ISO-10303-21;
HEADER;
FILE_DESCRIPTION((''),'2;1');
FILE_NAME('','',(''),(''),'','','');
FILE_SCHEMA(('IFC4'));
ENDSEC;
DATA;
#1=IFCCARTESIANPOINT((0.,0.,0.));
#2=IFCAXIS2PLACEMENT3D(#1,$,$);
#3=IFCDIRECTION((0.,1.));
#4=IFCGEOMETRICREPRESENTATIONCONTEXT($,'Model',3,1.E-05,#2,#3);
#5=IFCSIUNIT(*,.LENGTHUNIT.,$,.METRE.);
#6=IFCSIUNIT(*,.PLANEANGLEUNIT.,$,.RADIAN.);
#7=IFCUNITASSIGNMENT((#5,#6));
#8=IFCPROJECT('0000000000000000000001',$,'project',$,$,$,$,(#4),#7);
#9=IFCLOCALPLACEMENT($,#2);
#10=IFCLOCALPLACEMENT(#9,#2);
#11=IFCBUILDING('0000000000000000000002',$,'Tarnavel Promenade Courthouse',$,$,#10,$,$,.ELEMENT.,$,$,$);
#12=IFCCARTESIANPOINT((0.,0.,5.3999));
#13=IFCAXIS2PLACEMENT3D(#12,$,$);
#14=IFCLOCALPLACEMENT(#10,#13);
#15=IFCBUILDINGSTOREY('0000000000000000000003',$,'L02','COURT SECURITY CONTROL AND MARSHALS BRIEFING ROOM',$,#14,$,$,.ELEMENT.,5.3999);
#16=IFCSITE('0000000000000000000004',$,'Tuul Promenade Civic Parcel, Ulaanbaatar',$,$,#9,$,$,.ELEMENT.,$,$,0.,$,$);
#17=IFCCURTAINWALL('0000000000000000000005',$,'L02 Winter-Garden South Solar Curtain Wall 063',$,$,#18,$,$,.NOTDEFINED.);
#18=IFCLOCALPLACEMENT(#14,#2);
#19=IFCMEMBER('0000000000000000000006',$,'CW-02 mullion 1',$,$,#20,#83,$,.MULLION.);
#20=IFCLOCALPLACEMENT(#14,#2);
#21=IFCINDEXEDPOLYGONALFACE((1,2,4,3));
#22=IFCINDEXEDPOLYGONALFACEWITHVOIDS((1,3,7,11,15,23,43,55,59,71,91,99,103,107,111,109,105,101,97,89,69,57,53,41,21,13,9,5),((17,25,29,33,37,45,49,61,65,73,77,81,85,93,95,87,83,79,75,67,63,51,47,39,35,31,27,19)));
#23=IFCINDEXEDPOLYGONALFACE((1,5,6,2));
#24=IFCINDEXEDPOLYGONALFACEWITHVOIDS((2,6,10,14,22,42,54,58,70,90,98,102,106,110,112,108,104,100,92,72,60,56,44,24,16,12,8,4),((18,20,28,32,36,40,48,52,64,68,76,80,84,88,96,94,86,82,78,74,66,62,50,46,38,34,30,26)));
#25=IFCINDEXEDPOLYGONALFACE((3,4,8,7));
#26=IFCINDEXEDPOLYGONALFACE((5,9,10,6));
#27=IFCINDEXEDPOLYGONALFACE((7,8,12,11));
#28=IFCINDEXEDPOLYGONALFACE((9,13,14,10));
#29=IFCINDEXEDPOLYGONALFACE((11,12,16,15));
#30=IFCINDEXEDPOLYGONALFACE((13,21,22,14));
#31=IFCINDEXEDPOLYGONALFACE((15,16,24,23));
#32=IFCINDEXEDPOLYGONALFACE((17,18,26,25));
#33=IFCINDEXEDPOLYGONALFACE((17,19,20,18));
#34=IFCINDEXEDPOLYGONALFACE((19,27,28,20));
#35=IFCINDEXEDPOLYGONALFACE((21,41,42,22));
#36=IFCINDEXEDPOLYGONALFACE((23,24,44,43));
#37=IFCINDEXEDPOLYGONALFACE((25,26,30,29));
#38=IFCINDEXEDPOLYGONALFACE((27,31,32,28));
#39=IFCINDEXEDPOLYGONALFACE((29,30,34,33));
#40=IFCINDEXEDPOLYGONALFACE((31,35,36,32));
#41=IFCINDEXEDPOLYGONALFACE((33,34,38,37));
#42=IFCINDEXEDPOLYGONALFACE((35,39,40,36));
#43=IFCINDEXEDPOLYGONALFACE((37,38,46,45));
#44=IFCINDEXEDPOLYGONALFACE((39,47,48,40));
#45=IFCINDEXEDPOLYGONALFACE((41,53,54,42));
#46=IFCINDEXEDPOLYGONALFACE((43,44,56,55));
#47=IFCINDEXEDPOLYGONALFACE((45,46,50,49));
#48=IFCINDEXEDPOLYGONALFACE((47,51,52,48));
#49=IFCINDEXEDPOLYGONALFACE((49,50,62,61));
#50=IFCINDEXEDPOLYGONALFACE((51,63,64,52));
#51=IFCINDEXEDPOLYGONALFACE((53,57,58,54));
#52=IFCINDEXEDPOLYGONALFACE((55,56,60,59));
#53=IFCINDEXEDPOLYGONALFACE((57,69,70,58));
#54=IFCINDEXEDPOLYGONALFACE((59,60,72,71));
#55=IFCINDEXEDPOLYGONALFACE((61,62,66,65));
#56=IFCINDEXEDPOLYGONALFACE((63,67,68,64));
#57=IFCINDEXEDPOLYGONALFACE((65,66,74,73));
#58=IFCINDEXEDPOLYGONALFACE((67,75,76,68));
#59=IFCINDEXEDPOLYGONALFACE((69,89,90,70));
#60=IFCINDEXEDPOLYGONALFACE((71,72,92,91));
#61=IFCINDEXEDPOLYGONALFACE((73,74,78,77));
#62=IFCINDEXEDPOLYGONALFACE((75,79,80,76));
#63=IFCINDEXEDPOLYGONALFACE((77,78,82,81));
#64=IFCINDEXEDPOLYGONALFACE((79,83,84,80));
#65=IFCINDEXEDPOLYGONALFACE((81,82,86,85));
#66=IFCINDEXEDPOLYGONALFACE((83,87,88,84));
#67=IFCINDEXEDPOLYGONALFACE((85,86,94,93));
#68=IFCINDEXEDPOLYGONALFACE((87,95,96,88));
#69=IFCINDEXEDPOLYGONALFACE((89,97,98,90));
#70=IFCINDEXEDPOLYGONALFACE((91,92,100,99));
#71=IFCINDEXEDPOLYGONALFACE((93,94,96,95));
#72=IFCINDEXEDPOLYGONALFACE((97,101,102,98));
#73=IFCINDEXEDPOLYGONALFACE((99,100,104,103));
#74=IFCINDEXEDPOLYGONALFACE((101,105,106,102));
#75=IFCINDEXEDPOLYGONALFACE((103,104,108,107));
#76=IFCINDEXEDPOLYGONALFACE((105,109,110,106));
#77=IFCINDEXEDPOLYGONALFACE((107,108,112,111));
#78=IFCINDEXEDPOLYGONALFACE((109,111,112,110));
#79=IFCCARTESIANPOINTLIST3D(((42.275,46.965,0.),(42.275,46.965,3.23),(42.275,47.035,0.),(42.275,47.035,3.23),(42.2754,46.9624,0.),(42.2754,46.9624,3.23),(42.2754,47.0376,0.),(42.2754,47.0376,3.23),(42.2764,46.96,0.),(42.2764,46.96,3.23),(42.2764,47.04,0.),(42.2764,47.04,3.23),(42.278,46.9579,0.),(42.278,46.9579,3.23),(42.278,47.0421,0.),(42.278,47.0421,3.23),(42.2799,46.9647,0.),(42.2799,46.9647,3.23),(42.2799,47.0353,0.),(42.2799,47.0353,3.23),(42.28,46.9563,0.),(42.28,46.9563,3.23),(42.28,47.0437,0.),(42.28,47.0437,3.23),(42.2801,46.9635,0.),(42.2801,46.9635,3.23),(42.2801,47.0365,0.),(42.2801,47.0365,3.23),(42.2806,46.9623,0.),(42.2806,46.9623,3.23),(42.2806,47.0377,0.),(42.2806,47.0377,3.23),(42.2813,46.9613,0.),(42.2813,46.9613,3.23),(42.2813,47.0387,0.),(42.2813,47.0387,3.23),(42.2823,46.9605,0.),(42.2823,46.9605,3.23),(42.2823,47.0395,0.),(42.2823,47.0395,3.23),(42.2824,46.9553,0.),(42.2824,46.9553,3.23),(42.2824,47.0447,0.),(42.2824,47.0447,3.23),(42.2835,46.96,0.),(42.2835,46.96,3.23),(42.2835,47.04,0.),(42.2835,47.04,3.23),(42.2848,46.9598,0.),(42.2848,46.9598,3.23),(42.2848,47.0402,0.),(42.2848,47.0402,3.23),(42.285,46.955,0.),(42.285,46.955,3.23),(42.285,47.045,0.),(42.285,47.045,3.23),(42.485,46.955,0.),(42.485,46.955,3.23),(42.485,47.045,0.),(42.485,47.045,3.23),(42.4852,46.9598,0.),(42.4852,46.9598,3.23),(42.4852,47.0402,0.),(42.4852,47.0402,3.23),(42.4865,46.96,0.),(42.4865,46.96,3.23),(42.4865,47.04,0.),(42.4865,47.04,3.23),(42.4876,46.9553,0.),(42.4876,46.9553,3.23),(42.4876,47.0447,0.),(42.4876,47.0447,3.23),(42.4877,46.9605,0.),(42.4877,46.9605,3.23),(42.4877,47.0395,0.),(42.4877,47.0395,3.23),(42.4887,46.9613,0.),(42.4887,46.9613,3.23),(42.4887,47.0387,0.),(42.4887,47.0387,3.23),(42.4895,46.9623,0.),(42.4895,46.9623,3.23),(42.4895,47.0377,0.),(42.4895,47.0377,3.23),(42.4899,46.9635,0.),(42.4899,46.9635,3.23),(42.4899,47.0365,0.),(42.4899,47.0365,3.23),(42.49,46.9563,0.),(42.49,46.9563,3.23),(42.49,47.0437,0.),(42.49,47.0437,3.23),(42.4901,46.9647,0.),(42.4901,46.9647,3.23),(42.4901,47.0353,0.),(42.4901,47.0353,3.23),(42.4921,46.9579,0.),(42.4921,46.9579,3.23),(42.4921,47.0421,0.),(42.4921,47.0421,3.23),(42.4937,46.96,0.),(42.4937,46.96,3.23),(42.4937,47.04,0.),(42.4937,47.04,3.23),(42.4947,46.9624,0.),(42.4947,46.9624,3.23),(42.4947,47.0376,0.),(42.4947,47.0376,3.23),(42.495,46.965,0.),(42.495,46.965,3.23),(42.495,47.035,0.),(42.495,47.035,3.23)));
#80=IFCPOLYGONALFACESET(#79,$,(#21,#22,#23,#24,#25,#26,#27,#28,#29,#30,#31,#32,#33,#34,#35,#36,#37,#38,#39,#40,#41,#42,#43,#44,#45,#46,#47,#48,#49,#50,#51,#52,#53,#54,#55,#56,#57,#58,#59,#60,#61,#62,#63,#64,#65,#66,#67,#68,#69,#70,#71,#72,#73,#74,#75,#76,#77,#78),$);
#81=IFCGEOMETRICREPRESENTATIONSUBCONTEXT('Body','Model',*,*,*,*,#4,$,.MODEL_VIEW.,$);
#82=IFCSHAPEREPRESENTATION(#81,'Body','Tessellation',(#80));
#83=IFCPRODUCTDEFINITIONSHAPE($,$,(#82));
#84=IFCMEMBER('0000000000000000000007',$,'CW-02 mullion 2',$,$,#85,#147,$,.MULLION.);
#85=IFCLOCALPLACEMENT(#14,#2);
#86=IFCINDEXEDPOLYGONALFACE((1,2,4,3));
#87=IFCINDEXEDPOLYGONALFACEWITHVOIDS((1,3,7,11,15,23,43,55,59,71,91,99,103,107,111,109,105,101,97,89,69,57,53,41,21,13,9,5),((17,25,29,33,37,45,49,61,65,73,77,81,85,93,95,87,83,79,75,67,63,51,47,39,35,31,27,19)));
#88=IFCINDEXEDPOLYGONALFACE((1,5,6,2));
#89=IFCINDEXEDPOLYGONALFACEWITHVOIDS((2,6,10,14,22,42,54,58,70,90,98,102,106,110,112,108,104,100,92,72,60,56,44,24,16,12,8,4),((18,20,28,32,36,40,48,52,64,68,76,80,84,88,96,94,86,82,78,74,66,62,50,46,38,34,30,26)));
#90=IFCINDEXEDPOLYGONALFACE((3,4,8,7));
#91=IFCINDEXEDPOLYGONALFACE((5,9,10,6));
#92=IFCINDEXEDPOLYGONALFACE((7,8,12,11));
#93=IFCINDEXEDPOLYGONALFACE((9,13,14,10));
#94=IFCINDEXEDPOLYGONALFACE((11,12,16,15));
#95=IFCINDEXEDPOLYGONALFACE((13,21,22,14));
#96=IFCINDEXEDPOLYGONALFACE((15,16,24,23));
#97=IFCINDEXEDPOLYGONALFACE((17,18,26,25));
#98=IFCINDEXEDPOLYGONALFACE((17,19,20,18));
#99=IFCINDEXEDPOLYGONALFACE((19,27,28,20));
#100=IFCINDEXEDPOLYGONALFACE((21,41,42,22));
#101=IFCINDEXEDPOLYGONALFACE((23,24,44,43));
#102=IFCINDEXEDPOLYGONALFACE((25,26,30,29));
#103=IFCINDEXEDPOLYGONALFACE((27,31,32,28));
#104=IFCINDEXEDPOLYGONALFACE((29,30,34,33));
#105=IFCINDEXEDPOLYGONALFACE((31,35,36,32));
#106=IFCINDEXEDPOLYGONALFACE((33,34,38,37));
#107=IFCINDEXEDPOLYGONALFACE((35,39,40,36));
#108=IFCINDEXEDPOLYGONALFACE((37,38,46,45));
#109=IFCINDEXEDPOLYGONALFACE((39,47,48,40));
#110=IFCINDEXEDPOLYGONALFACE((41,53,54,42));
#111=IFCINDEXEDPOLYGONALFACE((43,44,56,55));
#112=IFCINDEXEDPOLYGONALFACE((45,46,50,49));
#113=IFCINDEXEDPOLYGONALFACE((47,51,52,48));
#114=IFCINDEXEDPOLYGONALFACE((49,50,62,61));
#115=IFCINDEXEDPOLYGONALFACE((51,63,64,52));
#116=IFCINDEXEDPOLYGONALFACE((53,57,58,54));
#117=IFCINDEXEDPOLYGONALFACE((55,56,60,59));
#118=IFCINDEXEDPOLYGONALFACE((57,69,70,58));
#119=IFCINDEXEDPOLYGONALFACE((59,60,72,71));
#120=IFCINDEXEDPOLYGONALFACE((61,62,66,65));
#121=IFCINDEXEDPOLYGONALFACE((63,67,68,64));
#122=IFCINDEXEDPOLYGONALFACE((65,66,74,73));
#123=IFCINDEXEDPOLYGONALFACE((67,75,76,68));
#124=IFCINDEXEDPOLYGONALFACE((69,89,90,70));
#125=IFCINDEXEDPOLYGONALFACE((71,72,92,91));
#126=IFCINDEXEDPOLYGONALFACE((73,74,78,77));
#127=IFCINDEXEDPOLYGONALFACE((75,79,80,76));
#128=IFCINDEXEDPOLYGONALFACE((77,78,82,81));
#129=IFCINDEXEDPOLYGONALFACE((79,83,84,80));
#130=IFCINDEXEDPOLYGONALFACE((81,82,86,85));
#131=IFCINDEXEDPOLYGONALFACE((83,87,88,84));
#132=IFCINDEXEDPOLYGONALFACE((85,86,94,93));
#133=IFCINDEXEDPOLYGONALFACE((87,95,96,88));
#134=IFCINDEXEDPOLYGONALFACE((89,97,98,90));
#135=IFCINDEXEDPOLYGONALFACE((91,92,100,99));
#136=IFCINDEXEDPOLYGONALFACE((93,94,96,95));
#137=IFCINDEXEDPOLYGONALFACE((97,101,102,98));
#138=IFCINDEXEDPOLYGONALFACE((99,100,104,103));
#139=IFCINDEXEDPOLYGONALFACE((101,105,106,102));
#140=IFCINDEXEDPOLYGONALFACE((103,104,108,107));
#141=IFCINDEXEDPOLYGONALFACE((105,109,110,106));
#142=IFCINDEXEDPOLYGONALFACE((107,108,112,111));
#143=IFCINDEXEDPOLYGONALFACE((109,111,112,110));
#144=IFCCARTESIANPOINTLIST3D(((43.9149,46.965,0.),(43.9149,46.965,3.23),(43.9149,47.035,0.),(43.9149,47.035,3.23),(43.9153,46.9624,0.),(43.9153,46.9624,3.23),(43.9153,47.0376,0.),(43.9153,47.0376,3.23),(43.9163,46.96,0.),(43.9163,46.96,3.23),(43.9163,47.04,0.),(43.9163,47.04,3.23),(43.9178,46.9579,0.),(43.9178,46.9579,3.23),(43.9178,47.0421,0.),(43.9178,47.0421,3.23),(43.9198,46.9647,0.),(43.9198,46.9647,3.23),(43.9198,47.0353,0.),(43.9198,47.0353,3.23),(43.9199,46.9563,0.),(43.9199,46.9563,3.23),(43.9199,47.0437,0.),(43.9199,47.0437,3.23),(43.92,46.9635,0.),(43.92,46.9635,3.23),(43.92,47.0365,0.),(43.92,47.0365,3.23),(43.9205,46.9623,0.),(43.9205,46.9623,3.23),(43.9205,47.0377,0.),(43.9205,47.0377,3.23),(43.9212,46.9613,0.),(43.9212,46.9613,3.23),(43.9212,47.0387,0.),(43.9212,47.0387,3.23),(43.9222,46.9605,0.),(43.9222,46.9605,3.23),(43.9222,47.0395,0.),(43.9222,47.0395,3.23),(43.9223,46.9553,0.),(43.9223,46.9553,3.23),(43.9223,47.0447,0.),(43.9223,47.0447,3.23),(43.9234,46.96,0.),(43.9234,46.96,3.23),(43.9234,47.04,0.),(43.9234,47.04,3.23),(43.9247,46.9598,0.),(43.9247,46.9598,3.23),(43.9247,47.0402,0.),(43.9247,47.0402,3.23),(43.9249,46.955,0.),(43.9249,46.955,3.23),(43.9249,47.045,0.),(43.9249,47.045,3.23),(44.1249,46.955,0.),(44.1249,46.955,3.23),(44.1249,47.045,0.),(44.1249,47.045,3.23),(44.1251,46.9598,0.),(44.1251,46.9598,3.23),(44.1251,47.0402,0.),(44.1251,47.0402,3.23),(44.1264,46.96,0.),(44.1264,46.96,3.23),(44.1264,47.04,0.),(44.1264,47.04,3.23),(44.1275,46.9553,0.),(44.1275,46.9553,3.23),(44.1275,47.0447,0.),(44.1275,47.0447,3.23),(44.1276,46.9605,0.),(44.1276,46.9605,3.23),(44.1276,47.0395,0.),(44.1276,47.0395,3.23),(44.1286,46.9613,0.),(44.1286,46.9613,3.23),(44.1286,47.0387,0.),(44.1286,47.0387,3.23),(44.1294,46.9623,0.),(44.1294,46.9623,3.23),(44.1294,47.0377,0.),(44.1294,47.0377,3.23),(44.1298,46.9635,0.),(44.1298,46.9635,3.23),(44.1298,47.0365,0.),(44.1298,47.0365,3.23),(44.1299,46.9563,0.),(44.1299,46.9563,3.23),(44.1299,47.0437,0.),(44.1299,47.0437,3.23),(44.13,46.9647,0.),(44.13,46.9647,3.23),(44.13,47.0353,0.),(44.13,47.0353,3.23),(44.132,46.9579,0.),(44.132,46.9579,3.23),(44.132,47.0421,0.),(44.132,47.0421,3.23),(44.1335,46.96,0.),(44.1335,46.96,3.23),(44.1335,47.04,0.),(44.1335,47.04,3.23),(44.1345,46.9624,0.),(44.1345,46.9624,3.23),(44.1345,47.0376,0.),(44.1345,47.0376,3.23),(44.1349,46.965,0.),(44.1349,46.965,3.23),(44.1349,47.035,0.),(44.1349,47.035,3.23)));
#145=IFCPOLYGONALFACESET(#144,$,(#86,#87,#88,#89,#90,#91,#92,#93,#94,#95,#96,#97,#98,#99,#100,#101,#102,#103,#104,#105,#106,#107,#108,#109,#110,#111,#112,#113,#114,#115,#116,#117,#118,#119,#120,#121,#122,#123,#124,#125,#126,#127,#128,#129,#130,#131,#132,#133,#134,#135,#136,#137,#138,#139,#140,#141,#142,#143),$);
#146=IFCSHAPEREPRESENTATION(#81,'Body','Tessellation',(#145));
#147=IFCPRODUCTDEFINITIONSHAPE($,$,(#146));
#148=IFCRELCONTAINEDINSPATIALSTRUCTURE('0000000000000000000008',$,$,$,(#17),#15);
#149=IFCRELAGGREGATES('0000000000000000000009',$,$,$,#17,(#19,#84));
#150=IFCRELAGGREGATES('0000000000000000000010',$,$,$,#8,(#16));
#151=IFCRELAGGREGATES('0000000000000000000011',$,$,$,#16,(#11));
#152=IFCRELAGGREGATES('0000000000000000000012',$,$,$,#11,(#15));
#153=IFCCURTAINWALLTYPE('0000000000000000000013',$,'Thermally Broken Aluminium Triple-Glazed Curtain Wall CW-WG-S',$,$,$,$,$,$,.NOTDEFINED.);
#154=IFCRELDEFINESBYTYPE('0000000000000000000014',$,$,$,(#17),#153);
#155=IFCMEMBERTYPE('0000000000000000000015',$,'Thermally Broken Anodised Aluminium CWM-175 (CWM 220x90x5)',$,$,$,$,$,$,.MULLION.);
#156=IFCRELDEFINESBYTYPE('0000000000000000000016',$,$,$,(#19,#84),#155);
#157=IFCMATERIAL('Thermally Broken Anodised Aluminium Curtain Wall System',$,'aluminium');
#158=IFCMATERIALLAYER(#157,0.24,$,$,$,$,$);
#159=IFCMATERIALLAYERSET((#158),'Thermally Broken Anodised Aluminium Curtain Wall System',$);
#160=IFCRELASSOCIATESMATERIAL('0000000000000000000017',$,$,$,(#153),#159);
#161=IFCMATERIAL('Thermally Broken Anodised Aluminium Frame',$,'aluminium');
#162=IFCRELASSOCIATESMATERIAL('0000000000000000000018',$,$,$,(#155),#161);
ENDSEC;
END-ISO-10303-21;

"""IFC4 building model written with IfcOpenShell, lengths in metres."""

from ifc_helpers import new_model, si_unit, direction, frame, origin, origin_2d, place, context, subcontext, project, spatial, hollow_rectangle, extrude, material, layer, layer_set, material_profile, profile_set, type_object, element, aggregate, save


model = new_model("IFC4")

# Units and contexts
model_context = context("Model", 3, precision=1e-05, world=origin(), true_north=direction((0.0, 1.0)))
body_context = subcontext(model_context, "Body", "Model", "MODEL_VIEW")
ifc_project = project(units=[si_unit("LENGTHUNIT", "METRE"), si_unit("PLANEANGLEUNIT", "RADIAN")], contexts=[model_context])

# Site, building, storey
site_placement = place(None, origin())
site = spatial("IfcSite", under=ifc_project, at=site_placement, Name="Tuul Promenade Civic Parcel, Ulaanbaatar", CompositionType="ELEMENT", RefElevation=0.0)
building_placement = place(site_placement, origin())
building = spatial("IfcBuilding", under=site, at=building_placement, Name="Tarnavel Promenade Courthouse", CompositionType="ELEMENT")
storey_placement = place(building_placement, frame((0.0, 0.0, 5.3999)))
storey = spatial("IfcBuildingStorey", under=building, at=storey_placement, Name="L02", Description="COURT SECURITY CONTROL AND MARSHALS BRIEFING ROOM", CompositionType="ELEMENT", Elevation=5.3999)

# Curtain wall, members
ifc_material_1 = material(Name="Thermally Broken Anodised Aluminium Curtain Wall System", Category="aluminium")
ifc_layer_1 = layer(ifc_material_1, 0.24)
ifc_layer_set_1 = layer_set([ifc_layer_1], Name="Thermally Broken Anodised Aluminium Curtain Wall System")
curtain_wall_type = type_object("IfcCurtainWallType", Name="Thermally Broken Aluminium Triple-Glazed Curtain Wall CW-WG-S", PredefinedType="NOTDEFINED", material=ifc_layer_set_1)
ifc_material_2 = material(Name="Thermally Broken Anodised Aluminium Frame", Category="aluminium")
ifc_material_profile_1 = material_profile(ifc_material_2, hollow_rectangle(XDim=0.0901, YDim=0.22, WallThickness=0.0049, InnerFilletRadius=0.0049, OuterFilletRadius=0.01, at=origin_2d()), Name="CWM 220x90x5")
ifc_profile_set_1 = profile_set([ifc_material_profile_1], Name="Thermally Broken Anodised Aluminium Frame")
member_type_1 = type_object("IfcMemberType", Name="Thermally Broken Anodised Aluminium CWM-175 (CWM 220x90x5)", PredefinedType="MULLION", material=ifc_profile_set_1)
curtain_wall_1_placement = place(storey_placement, origin())
curtain_wall_1 = element("IfcCurtainWall", 1, at=curtain_wall_1_placement, inside=storey, type_object=curtain_wall_type, Name="L02 Winter-Garden South Solar Curtain Wall 063", PredefinedType="NOTDEFINED")
member_1_placement = place(storey_placement, frame((42.385, 47.0, 0.0), z_axis=(0.0, 0.0, 1.0), x_axis=(0.0, 1.0, 0.0)))
member_1 = element("IfcMember", 2, at=member_1_placement, type_object=member_type_1, Name="CW-02 mullion 1", PredefinedType="MULLION", context=body_context, shape_type="SweptSolid", body=[
    extrude(hollow_rectangle(XDim=0.0901, YDim=0.22, WallThickness=0.0049, InnerFilletRadius=0.0049, OuterFilletRadius=0.01, at=origin_2d()), origin(), (0.0, 0.0, 1.0), 3.23),
])
member_2_placement = place(storey_placement, frame((44.0249, 47.0, 0.0), z_axis=(0.0, 0.0, 1.0), x_axis=(0.0, 1.0, 0.0)))
member_2 = element("IfcMember", 3, at=member_2_placement, type_object=member_type_1, Name="CW-02 mullion 2", PredefinedType="MULLION", context=body_context, shape_type="SweptSolid", body=[
    extrude(hollow_rectangle(XDim=0.0901, YDim=0.22, WallThickness=0.0049, InnerFilletRadius=0.0049, OuterFilletRadius=0.01, at=origin_2d()), origin(), (0.0, 0.0, 1.0), 3.23),
])

aggregate(curtain_wall_1, [member_1, member_2])

save(model, "model.ifc")
